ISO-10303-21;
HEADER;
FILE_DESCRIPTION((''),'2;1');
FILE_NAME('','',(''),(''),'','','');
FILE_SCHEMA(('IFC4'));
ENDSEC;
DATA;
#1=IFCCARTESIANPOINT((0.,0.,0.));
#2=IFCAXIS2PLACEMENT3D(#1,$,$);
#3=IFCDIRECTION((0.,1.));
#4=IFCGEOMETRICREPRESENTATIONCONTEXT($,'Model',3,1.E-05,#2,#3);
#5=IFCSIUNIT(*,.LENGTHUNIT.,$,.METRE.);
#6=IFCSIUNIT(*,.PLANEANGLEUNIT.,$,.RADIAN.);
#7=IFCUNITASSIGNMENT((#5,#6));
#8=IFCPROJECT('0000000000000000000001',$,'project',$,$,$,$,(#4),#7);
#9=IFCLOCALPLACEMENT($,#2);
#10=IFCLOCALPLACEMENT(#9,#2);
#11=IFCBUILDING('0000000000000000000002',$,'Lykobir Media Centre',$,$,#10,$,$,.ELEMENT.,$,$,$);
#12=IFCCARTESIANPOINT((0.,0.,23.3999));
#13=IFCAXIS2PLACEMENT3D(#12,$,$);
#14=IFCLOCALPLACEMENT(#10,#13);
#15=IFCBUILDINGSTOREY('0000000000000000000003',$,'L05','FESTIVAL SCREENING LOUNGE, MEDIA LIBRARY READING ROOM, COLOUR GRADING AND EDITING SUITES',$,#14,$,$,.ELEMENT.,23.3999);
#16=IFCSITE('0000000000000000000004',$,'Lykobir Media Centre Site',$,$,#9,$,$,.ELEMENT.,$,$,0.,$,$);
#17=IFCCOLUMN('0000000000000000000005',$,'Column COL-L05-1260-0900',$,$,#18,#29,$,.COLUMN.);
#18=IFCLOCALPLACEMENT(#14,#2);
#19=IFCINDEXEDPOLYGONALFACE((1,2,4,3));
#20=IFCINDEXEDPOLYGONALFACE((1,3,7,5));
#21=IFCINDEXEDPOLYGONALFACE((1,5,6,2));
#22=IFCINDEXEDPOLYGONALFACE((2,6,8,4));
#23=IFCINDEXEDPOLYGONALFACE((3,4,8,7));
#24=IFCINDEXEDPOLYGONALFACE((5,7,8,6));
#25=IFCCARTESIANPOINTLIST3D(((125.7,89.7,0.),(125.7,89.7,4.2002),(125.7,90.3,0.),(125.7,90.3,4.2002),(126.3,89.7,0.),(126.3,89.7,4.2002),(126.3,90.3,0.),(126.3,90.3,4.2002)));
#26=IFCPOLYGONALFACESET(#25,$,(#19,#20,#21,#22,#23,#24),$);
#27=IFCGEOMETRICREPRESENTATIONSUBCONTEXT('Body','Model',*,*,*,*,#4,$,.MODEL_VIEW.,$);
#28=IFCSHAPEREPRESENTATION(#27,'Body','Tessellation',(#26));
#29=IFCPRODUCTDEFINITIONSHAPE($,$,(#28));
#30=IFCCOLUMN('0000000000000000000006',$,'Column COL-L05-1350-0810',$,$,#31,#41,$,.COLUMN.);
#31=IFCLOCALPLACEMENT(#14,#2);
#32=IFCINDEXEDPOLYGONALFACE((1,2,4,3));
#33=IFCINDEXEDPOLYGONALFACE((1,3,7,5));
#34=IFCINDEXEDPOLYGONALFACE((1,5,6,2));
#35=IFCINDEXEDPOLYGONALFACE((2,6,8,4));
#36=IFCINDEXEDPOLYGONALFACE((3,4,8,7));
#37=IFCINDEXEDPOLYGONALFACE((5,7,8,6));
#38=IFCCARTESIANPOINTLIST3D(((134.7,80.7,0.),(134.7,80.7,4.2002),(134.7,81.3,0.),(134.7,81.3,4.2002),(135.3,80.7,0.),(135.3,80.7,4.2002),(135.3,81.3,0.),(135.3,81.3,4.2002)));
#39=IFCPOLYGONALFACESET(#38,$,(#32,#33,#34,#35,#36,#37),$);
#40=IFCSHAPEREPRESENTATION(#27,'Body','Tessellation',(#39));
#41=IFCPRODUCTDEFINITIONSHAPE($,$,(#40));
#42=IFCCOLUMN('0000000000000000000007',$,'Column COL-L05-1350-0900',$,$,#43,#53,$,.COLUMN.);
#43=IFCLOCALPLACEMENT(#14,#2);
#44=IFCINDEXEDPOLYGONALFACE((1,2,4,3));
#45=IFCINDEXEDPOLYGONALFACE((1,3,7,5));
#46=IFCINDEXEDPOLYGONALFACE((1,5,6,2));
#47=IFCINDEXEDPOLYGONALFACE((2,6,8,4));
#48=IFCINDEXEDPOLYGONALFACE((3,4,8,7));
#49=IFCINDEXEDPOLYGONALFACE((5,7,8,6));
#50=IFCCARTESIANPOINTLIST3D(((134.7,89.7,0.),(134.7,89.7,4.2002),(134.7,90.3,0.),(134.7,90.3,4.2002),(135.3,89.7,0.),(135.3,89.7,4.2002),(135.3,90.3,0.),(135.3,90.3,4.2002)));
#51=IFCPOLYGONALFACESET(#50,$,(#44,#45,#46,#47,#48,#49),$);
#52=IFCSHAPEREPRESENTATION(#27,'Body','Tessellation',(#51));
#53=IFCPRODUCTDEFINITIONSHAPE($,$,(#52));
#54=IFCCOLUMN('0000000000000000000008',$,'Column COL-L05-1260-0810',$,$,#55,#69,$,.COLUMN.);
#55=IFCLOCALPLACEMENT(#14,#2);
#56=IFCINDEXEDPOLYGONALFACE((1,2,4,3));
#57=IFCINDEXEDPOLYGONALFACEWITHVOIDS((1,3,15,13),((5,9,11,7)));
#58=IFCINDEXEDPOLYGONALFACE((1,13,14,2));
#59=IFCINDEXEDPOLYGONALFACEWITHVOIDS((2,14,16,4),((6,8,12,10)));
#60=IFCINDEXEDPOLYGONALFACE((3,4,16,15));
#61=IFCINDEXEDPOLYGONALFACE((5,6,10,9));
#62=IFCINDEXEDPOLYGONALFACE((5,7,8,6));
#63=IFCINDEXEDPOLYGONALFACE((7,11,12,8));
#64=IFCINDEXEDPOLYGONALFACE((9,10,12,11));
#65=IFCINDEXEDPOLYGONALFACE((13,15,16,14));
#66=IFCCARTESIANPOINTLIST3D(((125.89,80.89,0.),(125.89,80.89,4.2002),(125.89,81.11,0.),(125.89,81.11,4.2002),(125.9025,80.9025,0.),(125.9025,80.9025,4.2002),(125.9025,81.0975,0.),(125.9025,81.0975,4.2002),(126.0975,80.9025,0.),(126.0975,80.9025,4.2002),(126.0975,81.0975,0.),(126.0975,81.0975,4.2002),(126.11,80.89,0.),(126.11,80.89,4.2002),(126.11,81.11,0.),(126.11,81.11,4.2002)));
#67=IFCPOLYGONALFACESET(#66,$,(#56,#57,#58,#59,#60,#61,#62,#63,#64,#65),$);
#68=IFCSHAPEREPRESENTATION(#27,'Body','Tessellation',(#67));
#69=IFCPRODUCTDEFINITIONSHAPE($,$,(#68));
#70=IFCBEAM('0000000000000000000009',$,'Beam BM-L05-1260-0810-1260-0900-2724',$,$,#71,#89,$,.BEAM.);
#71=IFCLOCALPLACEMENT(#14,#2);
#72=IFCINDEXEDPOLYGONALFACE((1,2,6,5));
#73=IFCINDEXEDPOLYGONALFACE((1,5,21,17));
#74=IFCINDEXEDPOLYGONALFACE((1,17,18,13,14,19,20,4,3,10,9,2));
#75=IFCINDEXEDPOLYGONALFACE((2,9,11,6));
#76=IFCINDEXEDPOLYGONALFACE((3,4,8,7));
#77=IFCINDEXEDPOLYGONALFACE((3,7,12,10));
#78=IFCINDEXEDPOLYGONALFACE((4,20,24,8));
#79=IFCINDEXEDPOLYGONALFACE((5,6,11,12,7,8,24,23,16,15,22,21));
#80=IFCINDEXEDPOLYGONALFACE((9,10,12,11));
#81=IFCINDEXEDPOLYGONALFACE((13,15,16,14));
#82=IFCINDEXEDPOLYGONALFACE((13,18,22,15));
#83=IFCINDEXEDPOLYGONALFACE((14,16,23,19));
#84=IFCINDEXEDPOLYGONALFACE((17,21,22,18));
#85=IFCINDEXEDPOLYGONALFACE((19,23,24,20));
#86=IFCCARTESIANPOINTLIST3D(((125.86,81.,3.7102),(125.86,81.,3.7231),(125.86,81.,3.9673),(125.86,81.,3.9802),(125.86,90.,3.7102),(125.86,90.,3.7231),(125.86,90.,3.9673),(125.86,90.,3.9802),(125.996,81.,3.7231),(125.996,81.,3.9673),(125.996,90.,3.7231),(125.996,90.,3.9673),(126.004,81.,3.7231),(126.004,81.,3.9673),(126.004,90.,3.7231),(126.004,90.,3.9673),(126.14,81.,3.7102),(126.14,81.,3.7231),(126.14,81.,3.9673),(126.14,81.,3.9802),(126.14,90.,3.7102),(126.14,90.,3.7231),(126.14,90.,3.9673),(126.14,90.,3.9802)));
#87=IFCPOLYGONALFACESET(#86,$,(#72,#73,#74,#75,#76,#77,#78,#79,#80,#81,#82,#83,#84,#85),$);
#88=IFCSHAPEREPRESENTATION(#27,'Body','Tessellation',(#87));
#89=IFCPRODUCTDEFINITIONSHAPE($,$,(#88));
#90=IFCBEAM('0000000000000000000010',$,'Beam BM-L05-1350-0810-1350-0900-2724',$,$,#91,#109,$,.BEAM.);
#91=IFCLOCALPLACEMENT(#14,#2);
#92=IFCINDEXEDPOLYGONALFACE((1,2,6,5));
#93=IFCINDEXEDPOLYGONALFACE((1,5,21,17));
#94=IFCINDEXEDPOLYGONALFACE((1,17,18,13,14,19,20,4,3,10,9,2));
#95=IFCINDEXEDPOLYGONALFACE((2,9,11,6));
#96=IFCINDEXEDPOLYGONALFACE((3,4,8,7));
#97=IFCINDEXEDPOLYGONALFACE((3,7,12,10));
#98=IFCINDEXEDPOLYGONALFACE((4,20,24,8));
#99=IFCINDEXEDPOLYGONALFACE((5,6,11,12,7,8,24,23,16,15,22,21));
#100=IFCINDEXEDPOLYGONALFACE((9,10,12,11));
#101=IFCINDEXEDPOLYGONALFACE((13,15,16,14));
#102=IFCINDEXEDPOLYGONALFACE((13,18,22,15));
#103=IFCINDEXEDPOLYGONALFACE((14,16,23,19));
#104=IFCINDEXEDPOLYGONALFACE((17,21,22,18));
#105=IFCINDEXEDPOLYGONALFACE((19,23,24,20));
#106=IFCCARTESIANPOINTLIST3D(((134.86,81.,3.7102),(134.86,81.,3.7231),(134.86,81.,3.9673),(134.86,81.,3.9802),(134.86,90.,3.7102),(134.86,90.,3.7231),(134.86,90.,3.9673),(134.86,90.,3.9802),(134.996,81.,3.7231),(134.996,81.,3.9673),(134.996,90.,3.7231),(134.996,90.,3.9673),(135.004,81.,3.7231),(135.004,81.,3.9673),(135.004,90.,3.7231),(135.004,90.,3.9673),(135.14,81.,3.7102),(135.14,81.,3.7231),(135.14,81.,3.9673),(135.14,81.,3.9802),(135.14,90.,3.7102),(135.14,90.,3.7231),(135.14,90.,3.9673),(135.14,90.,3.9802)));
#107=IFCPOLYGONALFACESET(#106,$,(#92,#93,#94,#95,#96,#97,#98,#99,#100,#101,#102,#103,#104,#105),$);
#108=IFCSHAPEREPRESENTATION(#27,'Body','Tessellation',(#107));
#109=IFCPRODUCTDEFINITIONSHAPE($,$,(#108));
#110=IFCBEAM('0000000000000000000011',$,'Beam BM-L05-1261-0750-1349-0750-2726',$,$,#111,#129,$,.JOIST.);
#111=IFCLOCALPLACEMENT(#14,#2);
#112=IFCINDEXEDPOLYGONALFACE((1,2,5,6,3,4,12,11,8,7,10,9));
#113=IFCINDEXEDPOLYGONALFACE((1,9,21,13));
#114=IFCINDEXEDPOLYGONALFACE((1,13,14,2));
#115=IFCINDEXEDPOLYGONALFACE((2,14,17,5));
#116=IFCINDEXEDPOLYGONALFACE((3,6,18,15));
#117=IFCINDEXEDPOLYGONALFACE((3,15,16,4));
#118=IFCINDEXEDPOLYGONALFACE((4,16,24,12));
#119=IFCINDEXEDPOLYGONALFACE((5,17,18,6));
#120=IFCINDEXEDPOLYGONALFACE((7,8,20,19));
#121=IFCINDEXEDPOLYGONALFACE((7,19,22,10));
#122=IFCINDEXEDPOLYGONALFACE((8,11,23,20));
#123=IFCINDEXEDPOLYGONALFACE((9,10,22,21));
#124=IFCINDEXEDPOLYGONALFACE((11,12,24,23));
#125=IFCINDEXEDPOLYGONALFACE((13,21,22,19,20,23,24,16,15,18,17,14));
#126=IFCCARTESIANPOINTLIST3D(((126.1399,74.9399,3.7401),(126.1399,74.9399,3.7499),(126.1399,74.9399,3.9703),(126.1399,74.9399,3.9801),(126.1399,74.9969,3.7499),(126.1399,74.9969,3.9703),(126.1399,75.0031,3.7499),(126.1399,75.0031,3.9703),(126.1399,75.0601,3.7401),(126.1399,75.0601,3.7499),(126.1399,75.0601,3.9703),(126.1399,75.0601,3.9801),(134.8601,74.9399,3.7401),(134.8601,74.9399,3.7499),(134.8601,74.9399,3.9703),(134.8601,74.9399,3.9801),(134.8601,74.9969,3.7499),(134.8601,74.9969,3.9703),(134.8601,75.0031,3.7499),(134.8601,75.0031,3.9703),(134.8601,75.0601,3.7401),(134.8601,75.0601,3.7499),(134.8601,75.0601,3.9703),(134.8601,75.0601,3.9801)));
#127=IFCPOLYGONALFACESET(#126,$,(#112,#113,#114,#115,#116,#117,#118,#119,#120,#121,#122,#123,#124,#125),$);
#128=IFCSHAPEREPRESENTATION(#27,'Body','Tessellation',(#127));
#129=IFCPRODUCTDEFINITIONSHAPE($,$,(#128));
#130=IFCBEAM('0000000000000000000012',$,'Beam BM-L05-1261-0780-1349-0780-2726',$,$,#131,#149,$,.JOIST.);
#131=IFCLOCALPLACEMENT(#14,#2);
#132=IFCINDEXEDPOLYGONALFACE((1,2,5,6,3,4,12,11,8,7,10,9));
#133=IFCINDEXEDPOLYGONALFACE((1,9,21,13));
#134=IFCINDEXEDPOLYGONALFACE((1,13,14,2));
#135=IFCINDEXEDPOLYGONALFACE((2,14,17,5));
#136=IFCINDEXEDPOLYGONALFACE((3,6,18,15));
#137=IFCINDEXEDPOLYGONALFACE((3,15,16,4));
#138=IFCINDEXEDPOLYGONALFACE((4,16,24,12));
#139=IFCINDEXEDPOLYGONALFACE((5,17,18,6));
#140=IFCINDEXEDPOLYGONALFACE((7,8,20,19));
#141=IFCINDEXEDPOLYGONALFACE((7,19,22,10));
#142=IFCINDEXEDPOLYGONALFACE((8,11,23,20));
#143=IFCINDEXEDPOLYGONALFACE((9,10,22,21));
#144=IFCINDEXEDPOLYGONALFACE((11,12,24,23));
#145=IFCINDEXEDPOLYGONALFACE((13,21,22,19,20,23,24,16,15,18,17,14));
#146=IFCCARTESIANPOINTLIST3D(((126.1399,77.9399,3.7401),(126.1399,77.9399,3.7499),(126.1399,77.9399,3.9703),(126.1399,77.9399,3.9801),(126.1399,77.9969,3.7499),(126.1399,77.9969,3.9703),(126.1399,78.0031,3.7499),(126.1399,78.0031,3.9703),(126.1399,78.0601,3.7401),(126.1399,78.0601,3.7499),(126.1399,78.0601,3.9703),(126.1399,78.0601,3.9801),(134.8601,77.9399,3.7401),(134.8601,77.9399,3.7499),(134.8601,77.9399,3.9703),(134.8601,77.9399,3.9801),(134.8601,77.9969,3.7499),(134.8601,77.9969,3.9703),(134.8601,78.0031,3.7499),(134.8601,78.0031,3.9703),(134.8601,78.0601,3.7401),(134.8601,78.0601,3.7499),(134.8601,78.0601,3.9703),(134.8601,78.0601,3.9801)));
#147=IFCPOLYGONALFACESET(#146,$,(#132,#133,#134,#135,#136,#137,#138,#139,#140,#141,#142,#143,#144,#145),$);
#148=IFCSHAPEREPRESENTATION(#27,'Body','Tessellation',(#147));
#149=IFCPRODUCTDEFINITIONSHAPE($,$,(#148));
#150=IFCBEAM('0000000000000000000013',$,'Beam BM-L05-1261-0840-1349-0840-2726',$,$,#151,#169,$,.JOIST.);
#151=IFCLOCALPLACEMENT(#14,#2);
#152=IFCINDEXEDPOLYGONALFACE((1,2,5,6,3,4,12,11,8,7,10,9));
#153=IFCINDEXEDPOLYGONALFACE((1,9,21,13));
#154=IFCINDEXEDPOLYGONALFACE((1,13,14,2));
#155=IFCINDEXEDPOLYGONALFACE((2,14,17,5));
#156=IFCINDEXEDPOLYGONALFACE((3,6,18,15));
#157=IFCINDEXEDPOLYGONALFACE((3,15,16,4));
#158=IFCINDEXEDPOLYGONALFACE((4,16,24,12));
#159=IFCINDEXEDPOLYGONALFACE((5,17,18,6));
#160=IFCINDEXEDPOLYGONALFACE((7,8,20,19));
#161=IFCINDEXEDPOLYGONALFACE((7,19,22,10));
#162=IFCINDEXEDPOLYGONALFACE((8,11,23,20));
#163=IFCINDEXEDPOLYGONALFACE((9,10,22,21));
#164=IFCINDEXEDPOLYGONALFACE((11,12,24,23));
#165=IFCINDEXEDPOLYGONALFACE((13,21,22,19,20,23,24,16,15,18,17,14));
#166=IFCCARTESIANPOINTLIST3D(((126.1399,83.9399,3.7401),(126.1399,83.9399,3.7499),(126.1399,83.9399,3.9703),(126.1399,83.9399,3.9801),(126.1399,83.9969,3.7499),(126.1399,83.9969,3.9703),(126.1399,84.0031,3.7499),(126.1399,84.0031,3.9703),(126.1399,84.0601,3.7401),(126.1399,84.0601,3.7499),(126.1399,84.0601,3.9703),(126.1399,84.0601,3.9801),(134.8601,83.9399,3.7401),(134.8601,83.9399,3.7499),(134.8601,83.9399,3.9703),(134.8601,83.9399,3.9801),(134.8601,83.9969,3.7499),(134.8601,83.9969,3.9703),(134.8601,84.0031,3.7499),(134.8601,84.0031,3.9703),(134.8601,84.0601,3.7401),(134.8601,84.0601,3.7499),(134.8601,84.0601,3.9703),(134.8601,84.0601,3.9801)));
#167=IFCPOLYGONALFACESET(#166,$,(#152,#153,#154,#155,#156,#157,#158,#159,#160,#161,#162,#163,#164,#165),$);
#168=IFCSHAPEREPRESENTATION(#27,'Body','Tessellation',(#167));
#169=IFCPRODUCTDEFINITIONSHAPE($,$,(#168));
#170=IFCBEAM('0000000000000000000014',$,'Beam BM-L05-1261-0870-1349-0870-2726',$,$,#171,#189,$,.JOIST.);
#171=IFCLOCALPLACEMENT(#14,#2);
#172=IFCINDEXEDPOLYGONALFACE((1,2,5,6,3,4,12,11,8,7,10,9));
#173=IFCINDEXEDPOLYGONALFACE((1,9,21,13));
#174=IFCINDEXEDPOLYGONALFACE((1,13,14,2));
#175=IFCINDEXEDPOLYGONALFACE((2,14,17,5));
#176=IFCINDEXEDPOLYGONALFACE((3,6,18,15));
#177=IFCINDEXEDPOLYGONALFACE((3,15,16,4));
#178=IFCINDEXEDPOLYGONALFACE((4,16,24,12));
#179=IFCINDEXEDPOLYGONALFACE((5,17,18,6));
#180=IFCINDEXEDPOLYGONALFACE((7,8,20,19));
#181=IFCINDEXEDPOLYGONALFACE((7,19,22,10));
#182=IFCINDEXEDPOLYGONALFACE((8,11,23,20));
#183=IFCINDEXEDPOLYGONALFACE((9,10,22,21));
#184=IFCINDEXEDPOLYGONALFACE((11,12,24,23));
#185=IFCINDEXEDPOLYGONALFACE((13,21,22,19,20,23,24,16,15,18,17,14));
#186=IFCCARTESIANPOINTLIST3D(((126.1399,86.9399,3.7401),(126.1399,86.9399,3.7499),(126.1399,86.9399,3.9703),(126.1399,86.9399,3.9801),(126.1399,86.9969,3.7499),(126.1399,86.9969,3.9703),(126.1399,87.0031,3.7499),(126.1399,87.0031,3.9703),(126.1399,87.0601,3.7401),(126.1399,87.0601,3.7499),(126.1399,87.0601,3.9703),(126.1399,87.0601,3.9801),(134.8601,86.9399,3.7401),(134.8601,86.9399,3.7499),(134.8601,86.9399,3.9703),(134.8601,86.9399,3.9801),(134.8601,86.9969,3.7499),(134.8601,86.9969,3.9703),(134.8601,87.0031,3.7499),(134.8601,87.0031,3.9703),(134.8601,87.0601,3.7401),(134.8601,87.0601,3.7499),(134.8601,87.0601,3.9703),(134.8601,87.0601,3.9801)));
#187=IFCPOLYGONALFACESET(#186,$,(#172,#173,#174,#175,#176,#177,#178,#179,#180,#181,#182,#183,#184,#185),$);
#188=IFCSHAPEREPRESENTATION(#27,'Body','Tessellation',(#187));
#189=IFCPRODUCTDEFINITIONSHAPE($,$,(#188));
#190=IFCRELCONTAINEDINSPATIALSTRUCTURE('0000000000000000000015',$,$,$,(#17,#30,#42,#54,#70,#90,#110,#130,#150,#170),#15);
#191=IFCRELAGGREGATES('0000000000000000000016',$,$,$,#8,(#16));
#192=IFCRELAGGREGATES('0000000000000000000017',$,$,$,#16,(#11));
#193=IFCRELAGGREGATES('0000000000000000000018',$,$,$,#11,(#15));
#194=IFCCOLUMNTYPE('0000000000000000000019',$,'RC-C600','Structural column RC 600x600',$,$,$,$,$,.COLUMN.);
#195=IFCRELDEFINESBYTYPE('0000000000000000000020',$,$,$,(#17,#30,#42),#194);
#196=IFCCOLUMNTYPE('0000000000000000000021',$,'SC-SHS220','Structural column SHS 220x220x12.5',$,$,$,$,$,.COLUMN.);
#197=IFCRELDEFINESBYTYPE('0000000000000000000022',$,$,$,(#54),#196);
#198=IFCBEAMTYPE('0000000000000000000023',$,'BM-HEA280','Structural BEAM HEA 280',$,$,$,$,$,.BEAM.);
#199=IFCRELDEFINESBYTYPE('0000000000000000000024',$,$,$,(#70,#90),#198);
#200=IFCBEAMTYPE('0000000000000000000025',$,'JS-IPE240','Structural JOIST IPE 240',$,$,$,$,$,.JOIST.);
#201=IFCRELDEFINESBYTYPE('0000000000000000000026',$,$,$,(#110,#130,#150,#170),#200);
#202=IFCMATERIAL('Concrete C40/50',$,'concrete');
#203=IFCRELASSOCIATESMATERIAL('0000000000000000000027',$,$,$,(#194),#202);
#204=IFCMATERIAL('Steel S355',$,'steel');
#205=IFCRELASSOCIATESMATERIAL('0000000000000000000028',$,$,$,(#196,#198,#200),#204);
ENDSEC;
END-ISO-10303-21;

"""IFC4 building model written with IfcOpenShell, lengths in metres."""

from ifc_helpers import new_model, si_unit, direction, frame, origin, origin_2d, place, context, subcontext, project, spatial, rectangle, hollow_rectangle, i_section, extrude, material, material_profile, profile_set, type_object, element, save


model = new_model("IFC4")

# Units and contexts
model_context = context("Model", 3, precision=1e-05, world=origin(), true_north=direction((0.0, 1.0)))
body_context = subcontext(model_context, "Body", "Model", "MODEL_VIEW")
ifc_project = project(units=[si_unit("LENGTHUNIT", "METRE"), si_unit("PLANEANGLEUNIT", "RADIAN")], contexts=[model_context])

# Site, building, storey
site_placement = place(None, origin())
site = spatial("IfcSite", under=ifc_project, at=site_placement, Name="Lykobir Media Centre Site", CompositionType="ELEMENT", RefElevation=0.0)
building_placement = place(site_placement, origin())
building = spatial("IfcBuilding", under=site, at=building_placement, Name="Lykobir Media Centre", CompositionType="ELEMENT")
storey_placement = place(building_placement, frame((0.0, 0.0, 23.3999)))
storey = spatial("IfcBuildingStorey", under=building, at=storey_placement, Name="L05", Description="FESTIVAL SCREENING LOUNGE, MEDIA LIBRARY READING ROOM, COLOUR GRADING AND EDITING SUITES", CompositionType="ELEMENT", Elevation=23.3999)

# Columns
ifc_material_1 = material(Name="Concrete C40/50", Category="concrete")
ifc_material_profile_1 = material_profile(ifc_material_1, rectangle(XDim=0.6001, YDim=0.6001, at=origin_2d()), Name="RC 600x600")
ifc_profile_set_1 = profile_set([ifc_material_profile_1], Name="Concrete C40/50")
column_type_1 = type_object("IfcColumnType", Name="RC-C600", Description="Structural column RC 600x600", PredefinedType="COLUMN", material=ifc_profile_set_1)
for number, where, z_axis, x_axis, name in (
    (1, (126.0, 90.0, 0.0), (0.0, 0.0, 1.0), (1.0, 0.0, 0.0), "Column COL-L05-1260-0900"),
    (2, (135.0, 81.0, 0.0), (0.0, 0.0, 1.0), (1.0, 0.0, 0.0), "Column COL-L05-1350-0810"),
    (3, (135.0, 90.0, 0.0), (0.0, 0.0, 1.0), (1.0, 0.0, 0.0), "Column COL-L05-1350-0900"),
):
    element("IfcColumn", number, at=place(storey_placement, frame(where, z_axis=z_axis, x_axis=x_axis)), inside=storey, type_object=column_type_1, Name=name, PredefinedType="COLUMN", context=body_context, shape_type="SweptSolid", body=[
        extrude(rectangle(XDim=0.6001, YDim=0.6001, at=origin_2d()), origin(), (0.0, 0.0, 1.0), 4.2002),
    ])
ifc_material_2 = material(Name="Steel S355", Category="steel")
ifc_material_profile_2 = material_profile(ifc_material_2, hollow_rectangle(XDim=0.22, YDim=0.22, WallThickness=0.0125, at=origin_2d()), Name="SHS 220x220x12.5")
ifc_profile_set_2 = profile_set([ifc_material_profile_2], Name="Steel S355")
column_type_2 = type_object("IfcColumnType", Name="SC-SHS220", Description="Structural column SHS 220x220x12.5", PredefinedType="COLUMN", material=ifc_profile_set_2)
column_placement = place(storey_placement, frame((126.0, 81.0, 0.0), z_axis=(0.0, 0.0, 1.0), x_axis=(1.0, 0.0, 0.0)))
element("IfcColumn", 4, at=column_placement, inside=storey, type_object=column_type_2, Name="Column COL-L05-1260-0810", PredefinedType="COLUMN", context=body_context, shape_type="SweptSolid", body=[
    extrude(hollow_rectangle(XDim=0.22, YDim=0.22, WallThickness=0.0125, at=origin_2d()), origin(), (0.0, 0.0, 1.0), 4.2002),
])

# Beams
ifc_material_profile_3 = material_profile(ifc_material_2, i_section(OverallWidth=0.28, OverallDepth=0.27, WebThickness=0.0081, FlangeThickness=0.0129, at=origin_2d()), Name="HEA 280")
ifc_profile_set_3 = profile_set([ifc_material_profile_3], Name="Steel S355")
beam_type_1 = type_object("IfcBeamType", Name="BM-HEA280", Description="Structural BEAM HEA 280", PredefinedType="BEAM", material=ifc_profile_set_3)
for number, where, z_axis, x_axis, name in (
    (5, (126.0, 81.0, 3.8452), (0.0, 1.0, 0.0), (-1.0, 0.0, 0.0), "Beam BM-L05-1260-0810-1260-0900-2724"),
    (6, (135.0, 81.0, 3.8452), (0.0, 1.0, 0.0), (-1.0, 0.0, 0.0), "Beam BM-L05-1350-0810-1350-0900-2724"),
):
    element("IfcBeam", number, at=place(storey_placement, frame(where, z_axis=z_axis, x_axis=x_axis)), inside=storey, type_object=beam_type_1, Name=name, PredefinedType="BEAM", context=body_context, shape_type="SweptSolid", body=[
        extrude(i_section(OverallWidth=0.28, OverallDepth=0.27, WebThickness=0.0081, FlangeThickness=0.0129, at=origin_2d()), origin(), (0.0, 0.0, 1.0), 9.0),
    ])
ifc_material_profile_4 = material_profile(ifc_material_2, i_section(OverallWidth=0.1201, OverallDepth=0.24, WebThickness=0.0061, FlangeThickness=0.0098, at=origin_2d()), Name="IPE 240")
ifc_profile_set_4 = profile_set([ifc_material_profile_4], Name="Steel S355")
beam_type_2 = type_object("IfcBeamType", Name="JS-IPE240", Description="Structural JOIST IPE 240", PredefinedType="JOIST", material=ifc_profile_set_4)
for number, where, z_axis, x_axis, name in (
    (7, (126.1399, 75.0, 3.8601), (1.0, 0.0, 0.0), (0.0, 1.0, 0.0), "Beam BM-L05-1261-0750-1349-0750-2726"),
    (8, (126.1399, 78.0, 3.8601), (1.0, 0.0, 0.0), (0.0, 1.0, 0.0), "Beam BM-L05-1261-0780-1349-0780-2726"),
    (9, (126.1399, 84.0, 3.8601), (1.0, 0.0, 0.0), (0.0, 1.0, 0.0), "Beam BM-L05-1261-0840-1349-0840-2726"),
    (10, (126.1399, 87.0, 3.8601), (1.0, 0.0, 0.0), (0.0, 1.0, 0.0), "Beam BM-L05-1261-0870-1349-0870-2726"),
):
    element("IfcBeam", number, at=place(storey_placement, frame(where, z_axis=z_axis, x_axis=x_axis)), inside=storey, type_object=beam_type_2, Name=name, PredefinedType="JOIST", context=body_context, shape_type="SweptSolid", body=[
        extrude(i_section(OverallWidth=0.1201, OverallDepth=0.24, WebThickness=0.0061, FlangeThickness=0.0098, at=origin_2d()), origin(), (0.0, 0.0, 1.0), 8.7202),
    ])

save(model, "model.ifc")
